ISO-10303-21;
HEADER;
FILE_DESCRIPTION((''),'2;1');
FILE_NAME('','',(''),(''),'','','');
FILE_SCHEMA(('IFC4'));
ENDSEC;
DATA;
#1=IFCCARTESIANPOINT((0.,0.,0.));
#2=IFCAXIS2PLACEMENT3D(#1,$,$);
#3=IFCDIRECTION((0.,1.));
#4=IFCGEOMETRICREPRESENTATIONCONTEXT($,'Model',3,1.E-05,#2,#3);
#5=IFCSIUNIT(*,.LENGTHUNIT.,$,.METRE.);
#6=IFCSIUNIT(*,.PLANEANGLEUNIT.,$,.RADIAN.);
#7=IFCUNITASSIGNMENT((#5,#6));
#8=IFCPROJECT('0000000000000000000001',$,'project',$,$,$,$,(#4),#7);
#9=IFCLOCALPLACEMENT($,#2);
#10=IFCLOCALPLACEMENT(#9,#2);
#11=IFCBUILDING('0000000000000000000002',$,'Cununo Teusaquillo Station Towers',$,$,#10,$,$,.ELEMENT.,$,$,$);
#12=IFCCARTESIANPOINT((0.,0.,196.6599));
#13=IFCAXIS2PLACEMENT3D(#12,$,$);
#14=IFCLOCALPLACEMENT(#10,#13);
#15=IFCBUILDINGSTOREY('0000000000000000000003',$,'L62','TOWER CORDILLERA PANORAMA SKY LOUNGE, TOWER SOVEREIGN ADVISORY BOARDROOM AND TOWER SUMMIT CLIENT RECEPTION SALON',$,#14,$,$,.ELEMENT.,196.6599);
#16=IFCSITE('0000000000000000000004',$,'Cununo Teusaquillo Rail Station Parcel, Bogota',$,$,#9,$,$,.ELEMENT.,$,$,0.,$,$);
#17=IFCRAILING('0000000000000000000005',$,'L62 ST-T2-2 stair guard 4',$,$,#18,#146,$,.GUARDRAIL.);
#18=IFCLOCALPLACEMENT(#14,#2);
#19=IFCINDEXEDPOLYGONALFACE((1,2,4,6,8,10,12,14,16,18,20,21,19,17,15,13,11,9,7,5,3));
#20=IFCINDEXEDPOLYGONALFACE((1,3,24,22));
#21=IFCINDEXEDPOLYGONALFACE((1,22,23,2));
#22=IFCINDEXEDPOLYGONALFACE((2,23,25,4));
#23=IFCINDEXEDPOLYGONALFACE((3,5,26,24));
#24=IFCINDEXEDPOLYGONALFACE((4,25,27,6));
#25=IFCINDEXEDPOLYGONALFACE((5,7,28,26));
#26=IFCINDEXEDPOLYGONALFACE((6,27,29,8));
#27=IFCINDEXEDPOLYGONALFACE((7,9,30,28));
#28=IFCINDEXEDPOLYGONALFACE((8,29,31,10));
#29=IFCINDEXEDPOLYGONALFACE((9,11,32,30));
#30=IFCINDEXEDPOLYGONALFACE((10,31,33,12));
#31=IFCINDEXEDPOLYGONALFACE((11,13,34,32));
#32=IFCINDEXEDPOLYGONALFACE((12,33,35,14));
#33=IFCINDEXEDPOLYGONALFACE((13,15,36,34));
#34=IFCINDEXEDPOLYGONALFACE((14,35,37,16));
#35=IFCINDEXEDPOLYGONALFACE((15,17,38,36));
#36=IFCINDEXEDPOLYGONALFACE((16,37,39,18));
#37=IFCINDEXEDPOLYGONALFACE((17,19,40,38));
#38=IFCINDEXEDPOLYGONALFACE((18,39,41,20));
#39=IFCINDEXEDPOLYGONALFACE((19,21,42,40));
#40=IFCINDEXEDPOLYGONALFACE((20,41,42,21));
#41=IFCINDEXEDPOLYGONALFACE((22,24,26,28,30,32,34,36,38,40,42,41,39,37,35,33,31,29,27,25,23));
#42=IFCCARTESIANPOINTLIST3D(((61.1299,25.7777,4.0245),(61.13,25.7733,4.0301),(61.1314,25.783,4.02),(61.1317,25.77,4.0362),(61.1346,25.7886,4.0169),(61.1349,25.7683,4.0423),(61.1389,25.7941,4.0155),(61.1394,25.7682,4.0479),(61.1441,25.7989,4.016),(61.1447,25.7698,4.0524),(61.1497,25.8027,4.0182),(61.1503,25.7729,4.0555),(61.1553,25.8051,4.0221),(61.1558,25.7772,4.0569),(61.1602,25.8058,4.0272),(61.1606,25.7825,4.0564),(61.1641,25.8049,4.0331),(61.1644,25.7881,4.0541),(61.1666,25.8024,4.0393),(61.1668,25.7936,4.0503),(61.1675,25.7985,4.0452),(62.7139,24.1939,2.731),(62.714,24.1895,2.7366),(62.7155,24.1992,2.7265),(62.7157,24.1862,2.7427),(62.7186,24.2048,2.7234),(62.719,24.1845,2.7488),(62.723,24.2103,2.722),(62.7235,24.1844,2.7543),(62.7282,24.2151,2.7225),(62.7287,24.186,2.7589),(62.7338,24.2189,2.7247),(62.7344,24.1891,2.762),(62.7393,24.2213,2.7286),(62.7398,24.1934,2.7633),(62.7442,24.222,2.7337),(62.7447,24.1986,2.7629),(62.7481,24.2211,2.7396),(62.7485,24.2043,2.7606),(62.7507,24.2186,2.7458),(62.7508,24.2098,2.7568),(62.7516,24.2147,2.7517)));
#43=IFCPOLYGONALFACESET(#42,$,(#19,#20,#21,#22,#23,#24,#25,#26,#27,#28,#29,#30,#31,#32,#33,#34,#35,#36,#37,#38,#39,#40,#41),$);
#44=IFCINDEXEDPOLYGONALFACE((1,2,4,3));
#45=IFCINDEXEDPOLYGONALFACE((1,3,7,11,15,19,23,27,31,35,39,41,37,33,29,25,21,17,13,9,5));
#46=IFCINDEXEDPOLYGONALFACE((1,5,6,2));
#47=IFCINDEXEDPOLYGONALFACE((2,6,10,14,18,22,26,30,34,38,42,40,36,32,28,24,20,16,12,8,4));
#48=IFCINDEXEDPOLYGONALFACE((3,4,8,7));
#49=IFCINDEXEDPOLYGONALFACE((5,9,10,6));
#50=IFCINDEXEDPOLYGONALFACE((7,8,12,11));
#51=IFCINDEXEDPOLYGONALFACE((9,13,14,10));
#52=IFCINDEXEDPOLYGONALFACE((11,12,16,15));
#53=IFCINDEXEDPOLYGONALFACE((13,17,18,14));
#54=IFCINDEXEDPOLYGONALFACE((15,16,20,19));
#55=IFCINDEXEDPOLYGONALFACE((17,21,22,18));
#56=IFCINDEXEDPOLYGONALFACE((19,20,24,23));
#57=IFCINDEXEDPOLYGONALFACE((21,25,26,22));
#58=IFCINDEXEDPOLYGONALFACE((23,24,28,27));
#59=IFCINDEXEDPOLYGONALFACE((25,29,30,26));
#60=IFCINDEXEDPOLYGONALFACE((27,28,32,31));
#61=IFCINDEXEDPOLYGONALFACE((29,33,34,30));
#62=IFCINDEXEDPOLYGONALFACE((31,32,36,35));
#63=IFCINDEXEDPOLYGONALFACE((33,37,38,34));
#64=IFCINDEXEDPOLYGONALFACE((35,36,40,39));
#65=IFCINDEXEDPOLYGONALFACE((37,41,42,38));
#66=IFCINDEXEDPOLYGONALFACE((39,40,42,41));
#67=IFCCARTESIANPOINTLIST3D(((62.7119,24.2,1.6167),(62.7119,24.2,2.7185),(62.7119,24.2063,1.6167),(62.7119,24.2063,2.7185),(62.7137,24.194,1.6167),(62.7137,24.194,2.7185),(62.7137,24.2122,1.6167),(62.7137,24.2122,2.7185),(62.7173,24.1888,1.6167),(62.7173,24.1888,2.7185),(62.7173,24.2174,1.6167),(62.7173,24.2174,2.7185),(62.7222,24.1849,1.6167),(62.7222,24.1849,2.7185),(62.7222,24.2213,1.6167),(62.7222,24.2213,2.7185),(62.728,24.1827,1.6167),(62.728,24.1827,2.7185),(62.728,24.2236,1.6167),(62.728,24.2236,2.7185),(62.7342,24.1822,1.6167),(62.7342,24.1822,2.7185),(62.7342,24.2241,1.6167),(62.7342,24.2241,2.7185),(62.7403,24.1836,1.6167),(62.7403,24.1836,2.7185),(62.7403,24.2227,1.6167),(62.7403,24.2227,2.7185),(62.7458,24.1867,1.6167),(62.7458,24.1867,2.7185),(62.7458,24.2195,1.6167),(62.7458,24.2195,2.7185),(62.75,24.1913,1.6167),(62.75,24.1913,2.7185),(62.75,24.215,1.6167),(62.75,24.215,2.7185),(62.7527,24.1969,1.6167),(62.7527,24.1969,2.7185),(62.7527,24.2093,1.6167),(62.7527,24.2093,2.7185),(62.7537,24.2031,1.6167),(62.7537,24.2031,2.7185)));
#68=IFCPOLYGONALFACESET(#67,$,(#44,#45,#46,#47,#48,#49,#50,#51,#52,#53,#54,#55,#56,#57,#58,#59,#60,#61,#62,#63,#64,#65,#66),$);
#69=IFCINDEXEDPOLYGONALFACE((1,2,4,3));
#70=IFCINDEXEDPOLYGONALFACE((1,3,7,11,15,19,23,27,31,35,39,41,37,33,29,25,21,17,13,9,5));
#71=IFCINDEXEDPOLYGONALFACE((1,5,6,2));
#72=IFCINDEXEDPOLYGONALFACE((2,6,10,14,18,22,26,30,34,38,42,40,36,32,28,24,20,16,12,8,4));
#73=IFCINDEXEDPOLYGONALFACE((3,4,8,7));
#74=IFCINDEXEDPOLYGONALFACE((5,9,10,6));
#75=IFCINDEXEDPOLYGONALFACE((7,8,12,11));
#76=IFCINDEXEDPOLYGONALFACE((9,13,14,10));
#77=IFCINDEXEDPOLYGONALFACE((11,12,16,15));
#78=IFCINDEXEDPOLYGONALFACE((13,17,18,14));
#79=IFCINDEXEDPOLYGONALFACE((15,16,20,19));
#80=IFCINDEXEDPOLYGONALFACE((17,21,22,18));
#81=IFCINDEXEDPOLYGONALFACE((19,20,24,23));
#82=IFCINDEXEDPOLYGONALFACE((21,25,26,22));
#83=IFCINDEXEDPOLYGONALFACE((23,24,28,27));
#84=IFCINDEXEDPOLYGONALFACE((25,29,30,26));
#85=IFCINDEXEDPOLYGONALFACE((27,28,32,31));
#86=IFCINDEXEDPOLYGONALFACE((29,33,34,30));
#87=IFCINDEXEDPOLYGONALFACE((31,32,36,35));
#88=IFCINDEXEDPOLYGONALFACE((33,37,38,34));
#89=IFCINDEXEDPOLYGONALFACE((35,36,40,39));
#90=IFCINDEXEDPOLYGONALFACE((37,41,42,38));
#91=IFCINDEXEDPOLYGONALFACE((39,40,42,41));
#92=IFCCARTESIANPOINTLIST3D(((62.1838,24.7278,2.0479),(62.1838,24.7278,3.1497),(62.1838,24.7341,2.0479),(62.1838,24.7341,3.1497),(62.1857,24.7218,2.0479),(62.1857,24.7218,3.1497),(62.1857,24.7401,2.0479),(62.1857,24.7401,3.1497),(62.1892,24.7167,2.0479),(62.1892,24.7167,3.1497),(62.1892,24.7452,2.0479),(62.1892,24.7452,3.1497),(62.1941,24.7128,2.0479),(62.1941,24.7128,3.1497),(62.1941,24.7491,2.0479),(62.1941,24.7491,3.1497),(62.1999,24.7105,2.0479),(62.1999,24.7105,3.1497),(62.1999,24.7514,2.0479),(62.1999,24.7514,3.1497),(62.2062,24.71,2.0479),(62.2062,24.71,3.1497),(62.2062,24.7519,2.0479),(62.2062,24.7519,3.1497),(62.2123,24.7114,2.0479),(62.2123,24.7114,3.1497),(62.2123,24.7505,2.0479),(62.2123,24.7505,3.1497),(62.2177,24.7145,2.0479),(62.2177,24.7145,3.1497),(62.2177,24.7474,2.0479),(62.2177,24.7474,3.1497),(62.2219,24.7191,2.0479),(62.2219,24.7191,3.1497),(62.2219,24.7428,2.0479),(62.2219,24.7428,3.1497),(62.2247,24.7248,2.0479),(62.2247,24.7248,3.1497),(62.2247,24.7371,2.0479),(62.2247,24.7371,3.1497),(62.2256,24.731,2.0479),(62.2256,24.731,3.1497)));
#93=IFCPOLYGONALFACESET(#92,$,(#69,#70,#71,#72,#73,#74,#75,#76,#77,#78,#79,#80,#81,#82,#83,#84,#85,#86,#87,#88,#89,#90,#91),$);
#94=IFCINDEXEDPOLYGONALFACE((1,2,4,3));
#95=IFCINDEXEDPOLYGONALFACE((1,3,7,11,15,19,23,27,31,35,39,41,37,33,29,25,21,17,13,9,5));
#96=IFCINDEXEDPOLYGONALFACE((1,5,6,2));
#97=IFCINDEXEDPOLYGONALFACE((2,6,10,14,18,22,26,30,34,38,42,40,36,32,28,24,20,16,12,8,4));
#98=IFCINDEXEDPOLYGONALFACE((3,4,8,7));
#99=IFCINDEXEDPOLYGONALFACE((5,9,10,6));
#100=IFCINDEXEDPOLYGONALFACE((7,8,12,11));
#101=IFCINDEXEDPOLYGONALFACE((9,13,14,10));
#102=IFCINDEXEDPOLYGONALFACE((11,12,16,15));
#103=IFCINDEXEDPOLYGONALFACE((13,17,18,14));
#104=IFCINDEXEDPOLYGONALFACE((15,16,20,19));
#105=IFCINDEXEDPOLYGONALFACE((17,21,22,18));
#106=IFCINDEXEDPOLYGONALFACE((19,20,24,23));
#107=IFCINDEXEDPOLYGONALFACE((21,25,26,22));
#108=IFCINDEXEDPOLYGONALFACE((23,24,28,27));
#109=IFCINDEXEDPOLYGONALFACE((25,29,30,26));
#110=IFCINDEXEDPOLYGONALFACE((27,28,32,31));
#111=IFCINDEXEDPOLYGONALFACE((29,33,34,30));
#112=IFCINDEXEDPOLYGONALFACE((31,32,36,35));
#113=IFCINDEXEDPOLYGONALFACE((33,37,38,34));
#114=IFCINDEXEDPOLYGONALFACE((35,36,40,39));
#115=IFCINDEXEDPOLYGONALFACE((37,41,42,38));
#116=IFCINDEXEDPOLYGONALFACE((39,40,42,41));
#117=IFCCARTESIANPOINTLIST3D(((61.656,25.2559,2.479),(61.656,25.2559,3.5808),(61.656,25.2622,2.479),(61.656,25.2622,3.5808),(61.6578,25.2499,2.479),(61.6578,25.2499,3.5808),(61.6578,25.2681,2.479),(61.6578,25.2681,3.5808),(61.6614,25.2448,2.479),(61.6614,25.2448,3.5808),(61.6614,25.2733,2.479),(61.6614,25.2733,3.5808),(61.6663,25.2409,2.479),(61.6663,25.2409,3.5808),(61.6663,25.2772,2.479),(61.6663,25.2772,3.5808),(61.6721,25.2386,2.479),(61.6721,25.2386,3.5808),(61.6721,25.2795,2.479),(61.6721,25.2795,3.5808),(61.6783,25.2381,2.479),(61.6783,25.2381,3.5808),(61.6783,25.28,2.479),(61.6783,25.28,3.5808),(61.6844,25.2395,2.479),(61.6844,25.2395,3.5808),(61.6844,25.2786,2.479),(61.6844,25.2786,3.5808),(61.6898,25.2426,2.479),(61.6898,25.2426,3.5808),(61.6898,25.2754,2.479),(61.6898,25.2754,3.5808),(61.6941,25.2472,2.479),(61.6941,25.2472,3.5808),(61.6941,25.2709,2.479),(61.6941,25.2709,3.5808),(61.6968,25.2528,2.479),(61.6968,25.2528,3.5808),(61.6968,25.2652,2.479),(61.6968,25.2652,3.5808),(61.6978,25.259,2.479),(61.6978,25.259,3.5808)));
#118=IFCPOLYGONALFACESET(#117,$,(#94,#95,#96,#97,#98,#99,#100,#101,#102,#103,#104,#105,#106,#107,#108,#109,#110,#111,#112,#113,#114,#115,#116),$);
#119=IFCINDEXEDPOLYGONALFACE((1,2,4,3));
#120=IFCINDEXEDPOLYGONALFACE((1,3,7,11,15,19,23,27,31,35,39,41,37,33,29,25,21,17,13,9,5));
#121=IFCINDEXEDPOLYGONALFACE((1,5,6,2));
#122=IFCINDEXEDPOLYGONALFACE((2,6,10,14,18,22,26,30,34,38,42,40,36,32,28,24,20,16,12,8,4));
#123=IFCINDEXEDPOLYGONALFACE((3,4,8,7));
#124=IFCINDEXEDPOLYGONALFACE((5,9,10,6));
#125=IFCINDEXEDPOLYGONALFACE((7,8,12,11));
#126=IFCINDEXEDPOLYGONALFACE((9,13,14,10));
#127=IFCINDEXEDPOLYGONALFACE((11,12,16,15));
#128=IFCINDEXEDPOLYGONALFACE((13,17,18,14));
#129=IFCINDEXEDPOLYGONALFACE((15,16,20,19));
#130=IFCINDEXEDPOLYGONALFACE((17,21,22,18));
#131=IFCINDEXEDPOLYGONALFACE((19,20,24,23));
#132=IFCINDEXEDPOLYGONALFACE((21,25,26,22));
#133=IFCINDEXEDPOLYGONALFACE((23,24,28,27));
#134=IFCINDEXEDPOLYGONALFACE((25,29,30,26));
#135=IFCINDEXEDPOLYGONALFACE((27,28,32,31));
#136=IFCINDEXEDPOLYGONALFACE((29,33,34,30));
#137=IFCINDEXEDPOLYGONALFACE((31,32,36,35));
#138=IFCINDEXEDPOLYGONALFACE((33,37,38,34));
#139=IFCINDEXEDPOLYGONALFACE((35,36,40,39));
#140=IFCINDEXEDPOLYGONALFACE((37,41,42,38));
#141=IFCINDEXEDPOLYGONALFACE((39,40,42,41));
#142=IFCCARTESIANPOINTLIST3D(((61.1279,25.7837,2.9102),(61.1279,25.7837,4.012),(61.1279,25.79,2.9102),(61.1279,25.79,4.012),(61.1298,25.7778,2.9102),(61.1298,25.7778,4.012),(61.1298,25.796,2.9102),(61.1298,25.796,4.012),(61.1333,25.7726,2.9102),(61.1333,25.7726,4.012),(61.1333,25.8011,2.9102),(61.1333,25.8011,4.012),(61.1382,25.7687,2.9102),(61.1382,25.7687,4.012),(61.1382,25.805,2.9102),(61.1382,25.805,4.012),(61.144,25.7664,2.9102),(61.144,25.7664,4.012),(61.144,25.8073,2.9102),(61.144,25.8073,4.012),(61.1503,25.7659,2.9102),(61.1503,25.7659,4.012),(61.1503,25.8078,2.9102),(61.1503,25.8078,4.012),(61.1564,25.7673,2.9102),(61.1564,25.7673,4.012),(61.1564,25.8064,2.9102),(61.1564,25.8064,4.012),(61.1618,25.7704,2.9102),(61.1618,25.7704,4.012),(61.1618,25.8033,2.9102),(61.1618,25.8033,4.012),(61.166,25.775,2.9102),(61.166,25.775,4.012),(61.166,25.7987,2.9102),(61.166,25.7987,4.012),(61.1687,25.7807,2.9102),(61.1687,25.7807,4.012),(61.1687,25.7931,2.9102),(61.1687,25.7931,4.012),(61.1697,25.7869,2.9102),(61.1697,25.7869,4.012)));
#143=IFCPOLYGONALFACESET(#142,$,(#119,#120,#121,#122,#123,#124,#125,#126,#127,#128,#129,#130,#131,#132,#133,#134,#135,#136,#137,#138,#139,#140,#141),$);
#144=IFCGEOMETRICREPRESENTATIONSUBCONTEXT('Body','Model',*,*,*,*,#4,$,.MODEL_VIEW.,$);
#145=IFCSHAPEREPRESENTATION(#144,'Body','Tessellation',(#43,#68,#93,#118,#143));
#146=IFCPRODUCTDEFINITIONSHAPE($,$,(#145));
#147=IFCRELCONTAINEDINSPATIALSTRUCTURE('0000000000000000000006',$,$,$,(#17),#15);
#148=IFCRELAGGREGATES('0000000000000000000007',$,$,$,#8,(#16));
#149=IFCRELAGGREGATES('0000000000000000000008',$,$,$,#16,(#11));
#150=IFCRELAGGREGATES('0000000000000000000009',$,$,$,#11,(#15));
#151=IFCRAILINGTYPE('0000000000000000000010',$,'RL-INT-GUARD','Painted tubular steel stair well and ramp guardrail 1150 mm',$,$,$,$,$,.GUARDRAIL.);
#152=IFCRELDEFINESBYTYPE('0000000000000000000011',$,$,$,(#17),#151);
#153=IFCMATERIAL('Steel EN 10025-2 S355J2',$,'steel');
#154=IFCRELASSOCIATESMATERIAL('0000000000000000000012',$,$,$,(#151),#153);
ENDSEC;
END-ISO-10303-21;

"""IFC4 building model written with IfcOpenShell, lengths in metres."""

from ifc_helpers import new_model, si_unit, direction, frame, origin, origin_2d, place, context, subcontext, project, spatial, circle, extrude, material, type_object, element, save


model = new_model("IFC4")

# Units and contexts
model_context = context("Model", 3, precision=1e-05, world=origin(), true_north=direction((0.0, 1.0)))
body_context = subcontext(model_context, "Body", "Model", "MODEL_VIEW")
ifc_project = project(units=[si_unit("LENGTHUNIT", "METRE"), si_unit("PLANEANGLEUNIT", "RADIAN")], contexts=[model_context])

# Site, building, storey
site_placement = place(None, origin())
site = spatial("IfcSite", under=ifc_project, at=site_placement, Name="Cununo Teusaquillo Rail Station Parcel, Bogota", CompositionType="ELEMENT", RefElevation=0.0)
building_placement = place(site_placement, origin())
building = spatial("IfcBuilding", under=site, at=building_placement, Name="Cununo Teusaquillo Station Towers", CompositionType="ELEMENT")
storey_placement = place(building_placement, frame((0.0, 0.0, 196.6599)))
storey = spatial("IfcBuildingStorey", under=building, at=storey_placement, Name="L62", Description="TOWER CORDILLERA PANORAMA SKY LOUNGE, TOWER SOVEREIGN ADVISORY BOARDROOM AND TOWER SUMMIT CLIENT RECEPTION SALON", CompositionType="ELEMENT", Elevation=196.6599)

# Railing
ifc_material_1 = material(Name="Steel EN 10025-2 S355J2", Category="steel")
railing_type_1 = type_object("IfcRailingType", Name="RL-INT-GUARD", Description="Painted tubular steel stair well and ramp guardrail 1150 mm", PredefinedType="GUARDRAIL", material=ifc_material_1)
railing_1_placement = place(storey_placement, frame((62.7327, 24.2031, 1.6167)))
element("IfcRailing", 1, at=railing_1_placement, inside=storey, type_object=railing_type_1, Name="L62 ST-T2-2 stair guard 4", PredefinedType="GUARDRAIL", context=body_context, shape_type="SweptSolid", body=[
    extrude(circle(Radius=0.0239, at=origin_2d()), frame((0.0, 0.0, 1.126), z_axis=(-0.612391, 0.612297, 0.500069), x_axis=(-0.707052, -0.707161, 0.0)), (0.0, 0.0, 1.0), 2.5867),
    extrude(circle(Radius=0.021, at=origin_2d()), origin(), (0.0, 0.0, 1.0), 1.1018),
    extrude(circle(Radius=0.021, at=origin_2d()), frame((-0.5281, 0.5278, 0.4312)), (0.0, 0.0, 1.0), 1.1018),
    extrude(circle(Radius=0.021, at=origin_2d()), frame((-1.0559, 1.0559, 0.8623)), (0.0, 0.0, 1.0), 1.1018),
    extrude(circle(Radius=0.021, at=origin_2d()), frame((-1.584, 1.5837, 1.2935)), (0.0, 0.0, 1.0), 1.1018),
])

save(model, "model.ifc")
